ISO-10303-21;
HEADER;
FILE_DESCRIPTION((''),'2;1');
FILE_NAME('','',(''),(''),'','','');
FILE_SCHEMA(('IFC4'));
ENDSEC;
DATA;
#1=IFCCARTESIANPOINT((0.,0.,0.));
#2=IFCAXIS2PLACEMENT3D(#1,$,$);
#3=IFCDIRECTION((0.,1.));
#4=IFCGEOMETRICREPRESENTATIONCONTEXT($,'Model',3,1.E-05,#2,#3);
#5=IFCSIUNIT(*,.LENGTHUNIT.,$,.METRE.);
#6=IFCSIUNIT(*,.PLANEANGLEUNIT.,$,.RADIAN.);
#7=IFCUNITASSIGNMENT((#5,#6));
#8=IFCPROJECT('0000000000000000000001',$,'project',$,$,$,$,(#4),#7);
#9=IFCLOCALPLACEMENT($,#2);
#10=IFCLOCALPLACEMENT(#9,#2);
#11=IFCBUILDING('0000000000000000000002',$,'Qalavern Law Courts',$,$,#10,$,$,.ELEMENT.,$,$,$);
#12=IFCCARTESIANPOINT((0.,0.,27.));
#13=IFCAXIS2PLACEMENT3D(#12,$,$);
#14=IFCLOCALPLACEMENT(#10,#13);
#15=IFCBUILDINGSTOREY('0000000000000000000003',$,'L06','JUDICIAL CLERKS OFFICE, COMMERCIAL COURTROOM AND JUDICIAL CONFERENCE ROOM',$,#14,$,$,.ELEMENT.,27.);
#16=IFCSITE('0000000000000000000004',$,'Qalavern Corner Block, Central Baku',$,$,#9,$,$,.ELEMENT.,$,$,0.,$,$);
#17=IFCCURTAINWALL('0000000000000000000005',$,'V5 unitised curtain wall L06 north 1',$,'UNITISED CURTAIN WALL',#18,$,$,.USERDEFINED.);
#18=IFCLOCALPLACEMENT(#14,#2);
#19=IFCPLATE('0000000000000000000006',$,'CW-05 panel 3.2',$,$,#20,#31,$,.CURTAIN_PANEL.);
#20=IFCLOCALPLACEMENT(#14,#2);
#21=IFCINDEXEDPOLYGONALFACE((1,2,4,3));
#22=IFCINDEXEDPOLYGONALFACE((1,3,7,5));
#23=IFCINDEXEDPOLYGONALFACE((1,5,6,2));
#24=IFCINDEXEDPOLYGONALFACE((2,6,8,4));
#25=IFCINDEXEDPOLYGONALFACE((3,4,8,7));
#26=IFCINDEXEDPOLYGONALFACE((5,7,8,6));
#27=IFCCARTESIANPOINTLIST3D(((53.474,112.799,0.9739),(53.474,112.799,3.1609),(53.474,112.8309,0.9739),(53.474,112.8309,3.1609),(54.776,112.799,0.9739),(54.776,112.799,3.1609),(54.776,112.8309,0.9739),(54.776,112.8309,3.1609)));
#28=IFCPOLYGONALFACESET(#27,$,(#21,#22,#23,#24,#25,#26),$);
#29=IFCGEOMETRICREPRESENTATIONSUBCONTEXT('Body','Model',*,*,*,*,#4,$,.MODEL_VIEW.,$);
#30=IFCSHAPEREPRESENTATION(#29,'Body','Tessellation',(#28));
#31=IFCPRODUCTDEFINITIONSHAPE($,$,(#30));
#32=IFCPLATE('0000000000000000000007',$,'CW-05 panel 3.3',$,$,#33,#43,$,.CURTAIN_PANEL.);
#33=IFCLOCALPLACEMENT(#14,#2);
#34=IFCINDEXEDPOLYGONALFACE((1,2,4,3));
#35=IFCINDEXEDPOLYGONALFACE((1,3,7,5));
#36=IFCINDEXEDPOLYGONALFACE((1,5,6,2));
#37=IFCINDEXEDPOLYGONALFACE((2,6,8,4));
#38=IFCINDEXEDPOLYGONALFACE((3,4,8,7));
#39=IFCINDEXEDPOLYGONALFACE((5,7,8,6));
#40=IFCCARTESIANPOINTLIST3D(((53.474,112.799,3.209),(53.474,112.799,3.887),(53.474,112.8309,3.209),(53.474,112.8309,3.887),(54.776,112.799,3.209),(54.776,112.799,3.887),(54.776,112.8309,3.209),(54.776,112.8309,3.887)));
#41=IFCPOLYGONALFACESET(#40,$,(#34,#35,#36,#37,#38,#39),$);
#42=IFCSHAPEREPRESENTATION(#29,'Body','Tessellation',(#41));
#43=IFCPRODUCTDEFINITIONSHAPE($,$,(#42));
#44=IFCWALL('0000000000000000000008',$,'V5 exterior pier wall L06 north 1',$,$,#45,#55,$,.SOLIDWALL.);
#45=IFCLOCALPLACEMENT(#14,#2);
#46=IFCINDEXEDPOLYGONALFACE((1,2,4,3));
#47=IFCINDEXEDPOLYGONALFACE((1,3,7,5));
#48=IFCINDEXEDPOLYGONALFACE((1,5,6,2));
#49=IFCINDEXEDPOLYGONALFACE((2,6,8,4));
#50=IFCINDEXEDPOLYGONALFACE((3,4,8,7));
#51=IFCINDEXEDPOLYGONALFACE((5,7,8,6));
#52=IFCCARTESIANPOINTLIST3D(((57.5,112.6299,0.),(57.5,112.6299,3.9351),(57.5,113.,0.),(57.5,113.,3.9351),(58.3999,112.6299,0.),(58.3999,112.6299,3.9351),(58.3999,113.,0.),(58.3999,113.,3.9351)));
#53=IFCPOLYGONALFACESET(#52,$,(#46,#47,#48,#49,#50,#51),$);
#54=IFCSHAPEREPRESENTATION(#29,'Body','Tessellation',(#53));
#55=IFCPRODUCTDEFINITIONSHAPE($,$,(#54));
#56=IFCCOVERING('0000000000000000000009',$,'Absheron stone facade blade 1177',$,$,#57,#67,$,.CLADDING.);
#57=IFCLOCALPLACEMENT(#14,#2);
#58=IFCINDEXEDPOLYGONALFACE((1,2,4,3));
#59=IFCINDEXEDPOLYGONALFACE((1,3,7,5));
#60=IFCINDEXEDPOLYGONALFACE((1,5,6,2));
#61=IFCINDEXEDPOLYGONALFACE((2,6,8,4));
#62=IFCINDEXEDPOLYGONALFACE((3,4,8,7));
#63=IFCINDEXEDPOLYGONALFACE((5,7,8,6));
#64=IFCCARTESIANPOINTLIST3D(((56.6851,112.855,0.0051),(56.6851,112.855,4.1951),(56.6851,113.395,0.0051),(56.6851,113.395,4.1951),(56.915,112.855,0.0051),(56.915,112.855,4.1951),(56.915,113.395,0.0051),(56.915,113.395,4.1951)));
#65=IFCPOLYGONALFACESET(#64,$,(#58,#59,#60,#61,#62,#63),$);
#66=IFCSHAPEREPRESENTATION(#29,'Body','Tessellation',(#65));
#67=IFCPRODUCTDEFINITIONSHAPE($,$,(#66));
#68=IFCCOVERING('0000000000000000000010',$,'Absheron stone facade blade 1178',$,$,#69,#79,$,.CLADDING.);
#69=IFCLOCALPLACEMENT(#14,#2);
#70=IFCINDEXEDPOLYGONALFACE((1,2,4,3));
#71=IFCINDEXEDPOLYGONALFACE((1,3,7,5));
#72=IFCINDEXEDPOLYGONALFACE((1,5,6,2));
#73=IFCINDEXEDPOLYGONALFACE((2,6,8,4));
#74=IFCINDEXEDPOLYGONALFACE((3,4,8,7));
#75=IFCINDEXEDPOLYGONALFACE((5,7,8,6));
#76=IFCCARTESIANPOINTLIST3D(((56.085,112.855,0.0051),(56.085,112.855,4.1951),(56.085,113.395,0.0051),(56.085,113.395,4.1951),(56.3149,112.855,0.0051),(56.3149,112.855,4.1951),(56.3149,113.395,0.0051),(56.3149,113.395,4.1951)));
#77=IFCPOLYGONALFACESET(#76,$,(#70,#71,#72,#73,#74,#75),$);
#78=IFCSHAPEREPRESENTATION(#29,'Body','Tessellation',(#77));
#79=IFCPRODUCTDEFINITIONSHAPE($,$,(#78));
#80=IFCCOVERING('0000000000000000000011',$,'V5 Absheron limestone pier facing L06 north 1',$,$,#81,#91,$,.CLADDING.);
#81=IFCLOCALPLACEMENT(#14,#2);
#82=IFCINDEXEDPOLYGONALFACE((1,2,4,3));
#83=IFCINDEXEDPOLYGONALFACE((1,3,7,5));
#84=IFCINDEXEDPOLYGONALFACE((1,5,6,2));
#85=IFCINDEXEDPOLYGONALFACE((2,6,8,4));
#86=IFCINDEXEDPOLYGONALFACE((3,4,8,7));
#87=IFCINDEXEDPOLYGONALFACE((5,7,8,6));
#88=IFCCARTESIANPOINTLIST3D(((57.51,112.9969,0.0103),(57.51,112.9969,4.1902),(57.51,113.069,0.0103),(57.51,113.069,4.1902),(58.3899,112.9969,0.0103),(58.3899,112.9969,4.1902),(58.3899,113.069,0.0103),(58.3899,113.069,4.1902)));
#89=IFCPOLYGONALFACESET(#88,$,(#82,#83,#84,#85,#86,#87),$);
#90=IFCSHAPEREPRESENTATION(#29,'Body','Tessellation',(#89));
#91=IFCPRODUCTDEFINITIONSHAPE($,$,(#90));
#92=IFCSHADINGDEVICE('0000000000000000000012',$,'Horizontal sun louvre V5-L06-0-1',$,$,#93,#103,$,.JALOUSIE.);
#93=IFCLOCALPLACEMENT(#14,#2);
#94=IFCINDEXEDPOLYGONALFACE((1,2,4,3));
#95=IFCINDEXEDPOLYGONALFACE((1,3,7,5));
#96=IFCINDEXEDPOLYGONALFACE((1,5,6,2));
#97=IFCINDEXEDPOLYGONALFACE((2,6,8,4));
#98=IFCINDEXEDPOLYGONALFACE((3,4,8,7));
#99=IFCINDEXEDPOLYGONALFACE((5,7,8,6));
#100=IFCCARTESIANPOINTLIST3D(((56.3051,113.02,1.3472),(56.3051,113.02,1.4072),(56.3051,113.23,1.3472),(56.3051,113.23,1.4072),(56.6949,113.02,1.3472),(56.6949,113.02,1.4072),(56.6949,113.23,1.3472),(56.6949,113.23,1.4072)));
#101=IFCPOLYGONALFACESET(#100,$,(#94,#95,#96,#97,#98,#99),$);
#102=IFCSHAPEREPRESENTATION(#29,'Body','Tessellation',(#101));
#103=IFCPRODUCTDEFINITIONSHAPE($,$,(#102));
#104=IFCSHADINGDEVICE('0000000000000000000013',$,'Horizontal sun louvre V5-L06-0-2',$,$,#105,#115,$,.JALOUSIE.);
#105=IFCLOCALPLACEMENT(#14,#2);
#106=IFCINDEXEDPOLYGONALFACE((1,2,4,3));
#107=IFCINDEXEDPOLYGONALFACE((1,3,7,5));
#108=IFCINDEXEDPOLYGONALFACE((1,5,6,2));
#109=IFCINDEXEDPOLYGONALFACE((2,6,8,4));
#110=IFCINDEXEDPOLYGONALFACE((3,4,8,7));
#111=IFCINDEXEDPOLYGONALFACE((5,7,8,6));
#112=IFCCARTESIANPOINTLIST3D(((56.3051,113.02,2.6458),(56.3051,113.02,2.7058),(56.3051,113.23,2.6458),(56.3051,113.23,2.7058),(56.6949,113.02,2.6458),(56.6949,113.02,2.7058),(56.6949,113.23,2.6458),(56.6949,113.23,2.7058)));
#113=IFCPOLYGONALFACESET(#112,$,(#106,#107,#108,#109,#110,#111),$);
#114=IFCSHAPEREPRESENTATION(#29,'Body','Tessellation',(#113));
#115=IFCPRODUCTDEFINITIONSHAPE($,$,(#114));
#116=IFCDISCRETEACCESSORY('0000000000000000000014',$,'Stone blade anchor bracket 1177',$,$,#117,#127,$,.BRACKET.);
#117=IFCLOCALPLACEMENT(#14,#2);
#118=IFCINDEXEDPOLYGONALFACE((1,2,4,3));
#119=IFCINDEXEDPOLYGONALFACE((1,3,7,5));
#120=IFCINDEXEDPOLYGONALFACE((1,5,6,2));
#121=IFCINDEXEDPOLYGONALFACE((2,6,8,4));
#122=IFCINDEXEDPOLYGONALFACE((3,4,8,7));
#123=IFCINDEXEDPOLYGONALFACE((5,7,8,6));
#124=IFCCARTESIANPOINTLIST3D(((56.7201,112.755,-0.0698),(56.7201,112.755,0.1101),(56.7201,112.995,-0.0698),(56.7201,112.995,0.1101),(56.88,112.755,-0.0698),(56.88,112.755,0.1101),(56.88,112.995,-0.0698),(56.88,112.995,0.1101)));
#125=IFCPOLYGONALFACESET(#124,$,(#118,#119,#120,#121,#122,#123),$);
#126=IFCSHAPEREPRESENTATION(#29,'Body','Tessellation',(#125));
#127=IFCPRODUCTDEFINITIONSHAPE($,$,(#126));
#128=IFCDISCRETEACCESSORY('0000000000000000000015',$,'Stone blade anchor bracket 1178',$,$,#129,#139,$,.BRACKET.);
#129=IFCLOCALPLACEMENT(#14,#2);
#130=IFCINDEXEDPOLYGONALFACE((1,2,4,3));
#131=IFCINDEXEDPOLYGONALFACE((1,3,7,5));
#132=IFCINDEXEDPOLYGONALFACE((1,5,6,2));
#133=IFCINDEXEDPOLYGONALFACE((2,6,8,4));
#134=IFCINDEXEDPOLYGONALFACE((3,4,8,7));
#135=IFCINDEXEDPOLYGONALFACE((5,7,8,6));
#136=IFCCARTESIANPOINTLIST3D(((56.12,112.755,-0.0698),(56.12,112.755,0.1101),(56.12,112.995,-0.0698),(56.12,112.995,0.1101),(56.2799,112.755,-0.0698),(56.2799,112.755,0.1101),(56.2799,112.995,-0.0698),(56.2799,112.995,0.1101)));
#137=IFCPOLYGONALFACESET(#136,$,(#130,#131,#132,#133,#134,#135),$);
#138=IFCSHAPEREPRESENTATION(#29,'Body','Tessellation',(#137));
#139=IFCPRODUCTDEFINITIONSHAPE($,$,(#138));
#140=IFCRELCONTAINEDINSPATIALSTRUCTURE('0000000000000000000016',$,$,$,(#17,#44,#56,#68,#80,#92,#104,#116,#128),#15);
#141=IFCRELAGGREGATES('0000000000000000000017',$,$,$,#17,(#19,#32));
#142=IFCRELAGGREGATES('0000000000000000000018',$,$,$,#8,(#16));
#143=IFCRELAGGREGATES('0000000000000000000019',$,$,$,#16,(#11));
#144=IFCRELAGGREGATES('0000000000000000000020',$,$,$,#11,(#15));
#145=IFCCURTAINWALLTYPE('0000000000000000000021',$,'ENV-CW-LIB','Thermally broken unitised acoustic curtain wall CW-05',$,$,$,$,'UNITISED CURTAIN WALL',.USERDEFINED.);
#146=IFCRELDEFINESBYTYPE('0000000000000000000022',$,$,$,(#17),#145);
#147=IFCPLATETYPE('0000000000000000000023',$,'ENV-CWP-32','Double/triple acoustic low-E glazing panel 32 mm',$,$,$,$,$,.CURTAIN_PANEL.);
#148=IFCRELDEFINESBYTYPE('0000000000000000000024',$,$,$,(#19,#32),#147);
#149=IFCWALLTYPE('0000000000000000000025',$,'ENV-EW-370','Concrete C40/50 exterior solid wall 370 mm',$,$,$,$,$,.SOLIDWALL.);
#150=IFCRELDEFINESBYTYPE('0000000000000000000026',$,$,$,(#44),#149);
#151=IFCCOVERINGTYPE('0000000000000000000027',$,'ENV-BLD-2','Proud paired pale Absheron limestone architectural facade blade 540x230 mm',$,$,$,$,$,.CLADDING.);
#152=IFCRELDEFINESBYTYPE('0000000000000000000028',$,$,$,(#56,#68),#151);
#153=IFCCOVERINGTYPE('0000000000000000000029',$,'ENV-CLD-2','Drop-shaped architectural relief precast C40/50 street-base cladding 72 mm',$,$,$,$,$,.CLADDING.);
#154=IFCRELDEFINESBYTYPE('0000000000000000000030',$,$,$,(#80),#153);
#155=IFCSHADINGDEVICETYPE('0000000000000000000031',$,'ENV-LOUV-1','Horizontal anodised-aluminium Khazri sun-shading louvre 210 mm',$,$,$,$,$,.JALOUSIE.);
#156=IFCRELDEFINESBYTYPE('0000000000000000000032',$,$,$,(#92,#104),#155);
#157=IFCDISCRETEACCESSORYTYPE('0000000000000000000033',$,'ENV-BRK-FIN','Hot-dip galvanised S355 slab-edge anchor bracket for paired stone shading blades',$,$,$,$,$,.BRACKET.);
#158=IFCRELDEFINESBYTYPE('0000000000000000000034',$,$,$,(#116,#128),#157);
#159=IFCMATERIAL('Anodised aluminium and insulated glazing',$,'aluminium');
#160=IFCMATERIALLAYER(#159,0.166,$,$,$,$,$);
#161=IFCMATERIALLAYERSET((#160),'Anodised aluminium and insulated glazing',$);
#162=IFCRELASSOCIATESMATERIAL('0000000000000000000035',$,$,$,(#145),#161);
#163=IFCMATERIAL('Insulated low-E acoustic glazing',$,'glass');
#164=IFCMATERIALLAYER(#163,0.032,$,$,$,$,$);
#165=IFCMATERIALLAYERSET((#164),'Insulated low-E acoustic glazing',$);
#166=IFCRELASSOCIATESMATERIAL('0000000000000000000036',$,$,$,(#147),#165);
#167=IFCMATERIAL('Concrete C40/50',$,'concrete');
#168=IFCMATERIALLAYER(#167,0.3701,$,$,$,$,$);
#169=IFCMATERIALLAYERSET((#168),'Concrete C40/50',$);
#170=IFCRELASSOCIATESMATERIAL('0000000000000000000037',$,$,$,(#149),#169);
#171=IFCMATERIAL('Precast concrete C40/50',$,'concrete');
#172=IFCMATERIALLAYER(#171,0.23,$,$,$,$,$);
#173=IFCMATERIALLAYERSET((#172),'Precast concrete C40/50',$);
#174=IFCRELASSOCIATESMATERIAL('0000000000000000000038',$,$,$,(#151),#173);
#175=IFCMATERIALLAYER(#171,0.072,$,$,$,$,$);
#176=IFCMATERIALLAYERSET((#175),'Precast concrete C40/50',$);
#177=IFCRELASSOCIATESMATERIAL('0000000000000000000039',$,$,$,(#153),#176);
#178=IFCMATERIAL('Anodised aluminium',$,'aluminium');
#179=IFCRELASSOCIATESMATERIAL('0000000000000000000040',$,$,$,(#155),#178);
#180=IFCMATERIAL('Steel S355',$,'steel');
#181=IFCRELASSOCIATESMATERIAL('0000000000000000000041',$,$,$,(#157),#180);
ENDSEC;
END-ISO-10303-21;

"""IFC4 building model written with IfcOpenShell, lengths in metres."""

from ifc_helpers import new_model, si_unit, direction, frame, frame_2d, origin, origin_2d, place, context, subcontext, project, spatial, rectangle, extrude, material, layer, layer_set, type_object, element, aggregate, save


model = new_model("IFC4")

# Units and contexts
model_context = context("Model", 3, precision=1e-05, world=origin(), true_north=direction((0.0, 1.0)))
body_context = subcontext(model_context, "Body", "Model", "MODEL_VIEW")
ifc_project = project(units=[si_unit("LENGTHUNIT", "METRE"), si_unit("PLANEANGLEUNIT", "RADIAN")], contexts=[model_context])

# Site, building, storey
site_placement = place(None, origin())
site = spatial("IfcSite", under=ifc_project, at=site_placement, Name="Qalavern Corner Block, Central Baku", CompositionType="ELEMENT", RefElevation=0.0)
building_placement = place(site_placement, origin())
building = spatial("IfcBuilding", under=site, at=building_placement, Name="Qalavern Law Courts", CompositionType="ELEMENT")
storey_placement = place(building_placement, frame((0.0, 0.0, 27.0)))
storey = spatial("IfcBuildingStorey", under=building, at=storey_placement, Name="L06", Description="JUDICIAL CLERKS OFFICE, COMMERCIAL COURTROOM AND JUDICIAL CONFERENCE ROOM", CompositionType="ELEMENT", Elevation=27.0)

# Curtain wall, plates
ifc_material_1 = material(Name="Anodised aluminium and insulated glazing", Category="aluminium")
ifc_layer_1 = layer(ifc_material_1, 0.166)
ifc_layer_set_1 = layer_set([ifc_layer_1], Name="Anodised aluminium and insulated glazing")
curtain_wall_type = type_object("IfcCurtainWallType", Name="ENV-CW-LIB", Description="Thermally broken unitised acoustic curtain wall CW-05", ElementType="UNITISED CURTAIN WALL", PredefinedType="USERDEFINED", material=ifc_layer_set_1)
curtain_wall_placement = place(storey_placement, origin())
curtain_wall = element("IfcCurtainWall", 1, at=curtain_wall_placement, inside=storey, type_object=curtain_wall_type, Name="V5 unitised curtain wall L06 north 1", ObjectType="UNITISED CURTAIN WALL", PredefinedType="USERDEFINED")
ifc_material_2 = material(Name="Anodised aluminium", Category="aluminium")
ifc_material_3 = material(Name="Insulated low-E acoustic glazing", Category="glass")
ifc_layer_2 = layer(ifc_material_3, 0.032)
ifc_layer_set_2 = layer_set([ifc_layer_2], Name="Insulated low-E acoustic glazing")
plate_type = type_object("IfcPlateType", Name="ENV-CWP-32", Description="Double/triple acoustic low-E glazing panel 32 mm", PredefinedType="CURTAIN_PANEL", material=ifc_layer_set_2)
plate_1_placement = place(storey_placement, frame((54.125, 112.8149, 0.9739), z_axis=(0.0, 0.0, 1.0), x_axis=(-1.0, 0.0, 0.0)))
plate_1 = element("IfcPlate", 2, at=plate_1_placement, type_object=plate_type, Name="CW-05 panel 3.2", PredefinedType="CURTAIN_PANEL", context=body_context, shape_type="SweptSolid", body=[
    extrude(rectangle(XDim=1.302, YDim=0.032, at=origin_2d()), origin(), (0.0, 0.0, 1.0), 2.187),
])
plate_2_placement = place(storey_placement, frame((54.125, 112.8149, 3.209), z_axis=(0.0, 0.0, 1.0), x_axis=(-1.0, 0.0, 0.0)))
plate_2 = element("IfcPlate", 3, at=plate_2_placement, type_object=plate_type, Name="CW-05 panel 3.3", PredefinedType="CURTAIN_PANEL", context=body_context, shape_type="SweptSolid", body=[
    extrude(rectangle(XDim=1.302, YDim=0.032, at=origin_2d()), origin(), (0.0, 0.0, 1.0), 0.678),
])
aggregate(curtain_wall, [plate_1, plate_2])

# Wall
ifc_material_4 = material(Name="Concrete C40/50", Category="concrete")
ifc_layer_3 = layer(ifc_material_4, 0.3701)
ifc_layer_set_3 = layer_set([ifc_layer_3], Name="Concrete C40/50")
wall_type = type_object("IfcWallType", Name="ENV-EW-370", Description="Concrete C40/50 exterior solid wall 370 mm", PredefinedType="SOLIDWALL", material=ifc_layer_set_3)
wall_placement = place(storey_placement, frame((58.3999, 112.8149, 0.0), z_axis=(0.0, 0.0, 1.0), x_axis=(-1.0, 0.0, 0.0)))
element("IfcWall", 4, at=wall_placement, inside=storey, type_object=wall_type, Name="V5 exterior pier wall L06 north 1", PredefinedType="SOLIDWALL", context=body_context, shape_type="SweptSolid", body=[
    extrude(rectangle(XDim=0.8999, YDim=0.3701, at=frame_2d((0.45, 0.0))), origin(), (0.0, 0.0, 1.0), 3.9351),
])

# Coverings
ifc_material_5 = material(Name="Precast concrete C40/50", Category="concrete")
ifc_layer_4 = layer(ifc_material_5, 0.23)
ifc_layer_set_4 = layer_set([ifc_layer_4], Name="Precast concrete C40/50")
covering_type_1 = type_object("IfcCoveringType", Name="ENV-BLD-2", Description="Proud paired pale Absheron limestone architectural facade blade 540x230 mm", PredefinedType="CLADDING", material=ifc_layer_set_4)
for number, where, z_axis, x_axis, name in (
    (5, (56.8, 113.125, 0.0051), (0.0, 0.0, 1.0), (0.0, 1.0, 0.0), "Absheron stone facade blade 1177"),
    (6, (56.2, 113.125, 0.0051), (0.0, 0.0, 1.0), (0.0, 1.0, 0.0), "Absheron stone facade blade 1178"),
):
    element("IfcCovering", number, at=place(storey_placement, frame(where, z_axis=z_axis, x_axis=x_axis)), inside=storey, type_object=covering_type_1, Name=name, PredefinedType="CLADDING", context=body_context, shape_type="SweptSolid", body=[
        extrude(rectangle(XDim=0.54, YDim=0.23, at=origin_2d()), origin(), (0.0, 0.0, 1.0), 4.1899),
    ])
ifc_layer_5 = layer(ifc_material_5, 0.072)
ifc_layer_set_5 = layer_set([ifc_layer_5], Name="Precast concrete C40/50")
covering_type_2 = type_object("IfcCoveringType", Name="ENV-CLD-2", Description="Drop-shaped architectural relief precast C40/50 street-base cladding 72 mm", PredefinedType="CLADDING", material=ifc_layer_set_5)
covering_placement = place(storey_placement, frame((57.95, 113.033, 0.0103), z_axis=(0.0, 0.0, 1.0), x_axis=(-1.0, 0.0, 0.0)))
element("IfcCovering", 7, at=covering_placement, inside=storey, type_object=covering_type_2, Name="V5 Absheron limestone pier facing L06 north 1", PredefinedType="CLADDING", context=body_context, shape_type="SweptSolid", body=[
    extrude(rectangle(XDim=0.8799, YDim=0.072, at=origin_2d()), origin(), (0.0, 0.0, 1.0), 4.1799),
])

# Shading devices
shading_device_type = type_object("IfcShadingDeviceType", Name="ENV-LOUV-1", Description="Horizontal anodised-aluminium Khazri sun-shading louvre 210 mm", PredefinedType="JALOUSIE", material=ifc_material_2)
for number, where, z_axis, x_axis, name in (
    (8, (56.5, 113.125, 1.3472), (0.0, 0.0, 1.0), (-1.0, 0.0, 0.0), "Horizontal sun louvre V5-L06-0-1"),
    (9, (56.5, 113.125, 2.6458), (0.0, 0.0, 1.0), (-1.0, 0.0, 0.0), "Horizontal sun louvre V5-L06-0-2"),
):
    element("IfcShadingDevice", number, at=place(storey_placement, frame(where, z_axis=z_axis, x_axis=x_axis)), inside=storey, type_object=shading_device_type, Name=name, PredefinedType="JALOUSIE", context=body_context, shape_type="SweptSolid", body=[
        extrude(rectangle(XDim=0.3899, YDim=0.21, at=origin_2d()), origin(), (0.0, 0.0, 1.0), 0.0601),
    ])

# Discrete accessories
ifc_material_6 = material(Name="Steel S355", Category="steel")
discrete_accessory_type = type_object("IfcDiscreteAccessoryType", Name="ENV-BRK-FIN", Description="Hot-dip galvanised S355 slab-edge anchor bracket for paired stone shading blades", PredefinedType="BRACKET", material=ifc_material_6)
for number, where, z_axis, x_axis, name in (
    (10, (56.8, 112.875, -0.0698), (0.0, 0.0, 1.0), (0.0, 1.0, 0.0), "Stone blade anchor bracket 1177"),
    (11, (56.2, 112.875, -0.0698), (0.0, 0.0, 1.0), (0.0, 1.0, 0.0), "Stone blade anchor bracket 1178"),
):
    element("IfcDiscreteAccessory", number, at=place(storey_placement, frame(where, z_axis=z_axis, x_axis=x_axis)), inside=storey, type_object=discrete_accessory_type, Name=name, PredefinedType="BRACKET", context=body_context, shape_type="SweptSolid", body=[
        extrude(rectangle(XDim=0.24, YDim=0.1599, at=origin_2d()), origin(), (0.0, 0.0, 1.0), 0.1799),
    ])

save(model, "model.ifc")
